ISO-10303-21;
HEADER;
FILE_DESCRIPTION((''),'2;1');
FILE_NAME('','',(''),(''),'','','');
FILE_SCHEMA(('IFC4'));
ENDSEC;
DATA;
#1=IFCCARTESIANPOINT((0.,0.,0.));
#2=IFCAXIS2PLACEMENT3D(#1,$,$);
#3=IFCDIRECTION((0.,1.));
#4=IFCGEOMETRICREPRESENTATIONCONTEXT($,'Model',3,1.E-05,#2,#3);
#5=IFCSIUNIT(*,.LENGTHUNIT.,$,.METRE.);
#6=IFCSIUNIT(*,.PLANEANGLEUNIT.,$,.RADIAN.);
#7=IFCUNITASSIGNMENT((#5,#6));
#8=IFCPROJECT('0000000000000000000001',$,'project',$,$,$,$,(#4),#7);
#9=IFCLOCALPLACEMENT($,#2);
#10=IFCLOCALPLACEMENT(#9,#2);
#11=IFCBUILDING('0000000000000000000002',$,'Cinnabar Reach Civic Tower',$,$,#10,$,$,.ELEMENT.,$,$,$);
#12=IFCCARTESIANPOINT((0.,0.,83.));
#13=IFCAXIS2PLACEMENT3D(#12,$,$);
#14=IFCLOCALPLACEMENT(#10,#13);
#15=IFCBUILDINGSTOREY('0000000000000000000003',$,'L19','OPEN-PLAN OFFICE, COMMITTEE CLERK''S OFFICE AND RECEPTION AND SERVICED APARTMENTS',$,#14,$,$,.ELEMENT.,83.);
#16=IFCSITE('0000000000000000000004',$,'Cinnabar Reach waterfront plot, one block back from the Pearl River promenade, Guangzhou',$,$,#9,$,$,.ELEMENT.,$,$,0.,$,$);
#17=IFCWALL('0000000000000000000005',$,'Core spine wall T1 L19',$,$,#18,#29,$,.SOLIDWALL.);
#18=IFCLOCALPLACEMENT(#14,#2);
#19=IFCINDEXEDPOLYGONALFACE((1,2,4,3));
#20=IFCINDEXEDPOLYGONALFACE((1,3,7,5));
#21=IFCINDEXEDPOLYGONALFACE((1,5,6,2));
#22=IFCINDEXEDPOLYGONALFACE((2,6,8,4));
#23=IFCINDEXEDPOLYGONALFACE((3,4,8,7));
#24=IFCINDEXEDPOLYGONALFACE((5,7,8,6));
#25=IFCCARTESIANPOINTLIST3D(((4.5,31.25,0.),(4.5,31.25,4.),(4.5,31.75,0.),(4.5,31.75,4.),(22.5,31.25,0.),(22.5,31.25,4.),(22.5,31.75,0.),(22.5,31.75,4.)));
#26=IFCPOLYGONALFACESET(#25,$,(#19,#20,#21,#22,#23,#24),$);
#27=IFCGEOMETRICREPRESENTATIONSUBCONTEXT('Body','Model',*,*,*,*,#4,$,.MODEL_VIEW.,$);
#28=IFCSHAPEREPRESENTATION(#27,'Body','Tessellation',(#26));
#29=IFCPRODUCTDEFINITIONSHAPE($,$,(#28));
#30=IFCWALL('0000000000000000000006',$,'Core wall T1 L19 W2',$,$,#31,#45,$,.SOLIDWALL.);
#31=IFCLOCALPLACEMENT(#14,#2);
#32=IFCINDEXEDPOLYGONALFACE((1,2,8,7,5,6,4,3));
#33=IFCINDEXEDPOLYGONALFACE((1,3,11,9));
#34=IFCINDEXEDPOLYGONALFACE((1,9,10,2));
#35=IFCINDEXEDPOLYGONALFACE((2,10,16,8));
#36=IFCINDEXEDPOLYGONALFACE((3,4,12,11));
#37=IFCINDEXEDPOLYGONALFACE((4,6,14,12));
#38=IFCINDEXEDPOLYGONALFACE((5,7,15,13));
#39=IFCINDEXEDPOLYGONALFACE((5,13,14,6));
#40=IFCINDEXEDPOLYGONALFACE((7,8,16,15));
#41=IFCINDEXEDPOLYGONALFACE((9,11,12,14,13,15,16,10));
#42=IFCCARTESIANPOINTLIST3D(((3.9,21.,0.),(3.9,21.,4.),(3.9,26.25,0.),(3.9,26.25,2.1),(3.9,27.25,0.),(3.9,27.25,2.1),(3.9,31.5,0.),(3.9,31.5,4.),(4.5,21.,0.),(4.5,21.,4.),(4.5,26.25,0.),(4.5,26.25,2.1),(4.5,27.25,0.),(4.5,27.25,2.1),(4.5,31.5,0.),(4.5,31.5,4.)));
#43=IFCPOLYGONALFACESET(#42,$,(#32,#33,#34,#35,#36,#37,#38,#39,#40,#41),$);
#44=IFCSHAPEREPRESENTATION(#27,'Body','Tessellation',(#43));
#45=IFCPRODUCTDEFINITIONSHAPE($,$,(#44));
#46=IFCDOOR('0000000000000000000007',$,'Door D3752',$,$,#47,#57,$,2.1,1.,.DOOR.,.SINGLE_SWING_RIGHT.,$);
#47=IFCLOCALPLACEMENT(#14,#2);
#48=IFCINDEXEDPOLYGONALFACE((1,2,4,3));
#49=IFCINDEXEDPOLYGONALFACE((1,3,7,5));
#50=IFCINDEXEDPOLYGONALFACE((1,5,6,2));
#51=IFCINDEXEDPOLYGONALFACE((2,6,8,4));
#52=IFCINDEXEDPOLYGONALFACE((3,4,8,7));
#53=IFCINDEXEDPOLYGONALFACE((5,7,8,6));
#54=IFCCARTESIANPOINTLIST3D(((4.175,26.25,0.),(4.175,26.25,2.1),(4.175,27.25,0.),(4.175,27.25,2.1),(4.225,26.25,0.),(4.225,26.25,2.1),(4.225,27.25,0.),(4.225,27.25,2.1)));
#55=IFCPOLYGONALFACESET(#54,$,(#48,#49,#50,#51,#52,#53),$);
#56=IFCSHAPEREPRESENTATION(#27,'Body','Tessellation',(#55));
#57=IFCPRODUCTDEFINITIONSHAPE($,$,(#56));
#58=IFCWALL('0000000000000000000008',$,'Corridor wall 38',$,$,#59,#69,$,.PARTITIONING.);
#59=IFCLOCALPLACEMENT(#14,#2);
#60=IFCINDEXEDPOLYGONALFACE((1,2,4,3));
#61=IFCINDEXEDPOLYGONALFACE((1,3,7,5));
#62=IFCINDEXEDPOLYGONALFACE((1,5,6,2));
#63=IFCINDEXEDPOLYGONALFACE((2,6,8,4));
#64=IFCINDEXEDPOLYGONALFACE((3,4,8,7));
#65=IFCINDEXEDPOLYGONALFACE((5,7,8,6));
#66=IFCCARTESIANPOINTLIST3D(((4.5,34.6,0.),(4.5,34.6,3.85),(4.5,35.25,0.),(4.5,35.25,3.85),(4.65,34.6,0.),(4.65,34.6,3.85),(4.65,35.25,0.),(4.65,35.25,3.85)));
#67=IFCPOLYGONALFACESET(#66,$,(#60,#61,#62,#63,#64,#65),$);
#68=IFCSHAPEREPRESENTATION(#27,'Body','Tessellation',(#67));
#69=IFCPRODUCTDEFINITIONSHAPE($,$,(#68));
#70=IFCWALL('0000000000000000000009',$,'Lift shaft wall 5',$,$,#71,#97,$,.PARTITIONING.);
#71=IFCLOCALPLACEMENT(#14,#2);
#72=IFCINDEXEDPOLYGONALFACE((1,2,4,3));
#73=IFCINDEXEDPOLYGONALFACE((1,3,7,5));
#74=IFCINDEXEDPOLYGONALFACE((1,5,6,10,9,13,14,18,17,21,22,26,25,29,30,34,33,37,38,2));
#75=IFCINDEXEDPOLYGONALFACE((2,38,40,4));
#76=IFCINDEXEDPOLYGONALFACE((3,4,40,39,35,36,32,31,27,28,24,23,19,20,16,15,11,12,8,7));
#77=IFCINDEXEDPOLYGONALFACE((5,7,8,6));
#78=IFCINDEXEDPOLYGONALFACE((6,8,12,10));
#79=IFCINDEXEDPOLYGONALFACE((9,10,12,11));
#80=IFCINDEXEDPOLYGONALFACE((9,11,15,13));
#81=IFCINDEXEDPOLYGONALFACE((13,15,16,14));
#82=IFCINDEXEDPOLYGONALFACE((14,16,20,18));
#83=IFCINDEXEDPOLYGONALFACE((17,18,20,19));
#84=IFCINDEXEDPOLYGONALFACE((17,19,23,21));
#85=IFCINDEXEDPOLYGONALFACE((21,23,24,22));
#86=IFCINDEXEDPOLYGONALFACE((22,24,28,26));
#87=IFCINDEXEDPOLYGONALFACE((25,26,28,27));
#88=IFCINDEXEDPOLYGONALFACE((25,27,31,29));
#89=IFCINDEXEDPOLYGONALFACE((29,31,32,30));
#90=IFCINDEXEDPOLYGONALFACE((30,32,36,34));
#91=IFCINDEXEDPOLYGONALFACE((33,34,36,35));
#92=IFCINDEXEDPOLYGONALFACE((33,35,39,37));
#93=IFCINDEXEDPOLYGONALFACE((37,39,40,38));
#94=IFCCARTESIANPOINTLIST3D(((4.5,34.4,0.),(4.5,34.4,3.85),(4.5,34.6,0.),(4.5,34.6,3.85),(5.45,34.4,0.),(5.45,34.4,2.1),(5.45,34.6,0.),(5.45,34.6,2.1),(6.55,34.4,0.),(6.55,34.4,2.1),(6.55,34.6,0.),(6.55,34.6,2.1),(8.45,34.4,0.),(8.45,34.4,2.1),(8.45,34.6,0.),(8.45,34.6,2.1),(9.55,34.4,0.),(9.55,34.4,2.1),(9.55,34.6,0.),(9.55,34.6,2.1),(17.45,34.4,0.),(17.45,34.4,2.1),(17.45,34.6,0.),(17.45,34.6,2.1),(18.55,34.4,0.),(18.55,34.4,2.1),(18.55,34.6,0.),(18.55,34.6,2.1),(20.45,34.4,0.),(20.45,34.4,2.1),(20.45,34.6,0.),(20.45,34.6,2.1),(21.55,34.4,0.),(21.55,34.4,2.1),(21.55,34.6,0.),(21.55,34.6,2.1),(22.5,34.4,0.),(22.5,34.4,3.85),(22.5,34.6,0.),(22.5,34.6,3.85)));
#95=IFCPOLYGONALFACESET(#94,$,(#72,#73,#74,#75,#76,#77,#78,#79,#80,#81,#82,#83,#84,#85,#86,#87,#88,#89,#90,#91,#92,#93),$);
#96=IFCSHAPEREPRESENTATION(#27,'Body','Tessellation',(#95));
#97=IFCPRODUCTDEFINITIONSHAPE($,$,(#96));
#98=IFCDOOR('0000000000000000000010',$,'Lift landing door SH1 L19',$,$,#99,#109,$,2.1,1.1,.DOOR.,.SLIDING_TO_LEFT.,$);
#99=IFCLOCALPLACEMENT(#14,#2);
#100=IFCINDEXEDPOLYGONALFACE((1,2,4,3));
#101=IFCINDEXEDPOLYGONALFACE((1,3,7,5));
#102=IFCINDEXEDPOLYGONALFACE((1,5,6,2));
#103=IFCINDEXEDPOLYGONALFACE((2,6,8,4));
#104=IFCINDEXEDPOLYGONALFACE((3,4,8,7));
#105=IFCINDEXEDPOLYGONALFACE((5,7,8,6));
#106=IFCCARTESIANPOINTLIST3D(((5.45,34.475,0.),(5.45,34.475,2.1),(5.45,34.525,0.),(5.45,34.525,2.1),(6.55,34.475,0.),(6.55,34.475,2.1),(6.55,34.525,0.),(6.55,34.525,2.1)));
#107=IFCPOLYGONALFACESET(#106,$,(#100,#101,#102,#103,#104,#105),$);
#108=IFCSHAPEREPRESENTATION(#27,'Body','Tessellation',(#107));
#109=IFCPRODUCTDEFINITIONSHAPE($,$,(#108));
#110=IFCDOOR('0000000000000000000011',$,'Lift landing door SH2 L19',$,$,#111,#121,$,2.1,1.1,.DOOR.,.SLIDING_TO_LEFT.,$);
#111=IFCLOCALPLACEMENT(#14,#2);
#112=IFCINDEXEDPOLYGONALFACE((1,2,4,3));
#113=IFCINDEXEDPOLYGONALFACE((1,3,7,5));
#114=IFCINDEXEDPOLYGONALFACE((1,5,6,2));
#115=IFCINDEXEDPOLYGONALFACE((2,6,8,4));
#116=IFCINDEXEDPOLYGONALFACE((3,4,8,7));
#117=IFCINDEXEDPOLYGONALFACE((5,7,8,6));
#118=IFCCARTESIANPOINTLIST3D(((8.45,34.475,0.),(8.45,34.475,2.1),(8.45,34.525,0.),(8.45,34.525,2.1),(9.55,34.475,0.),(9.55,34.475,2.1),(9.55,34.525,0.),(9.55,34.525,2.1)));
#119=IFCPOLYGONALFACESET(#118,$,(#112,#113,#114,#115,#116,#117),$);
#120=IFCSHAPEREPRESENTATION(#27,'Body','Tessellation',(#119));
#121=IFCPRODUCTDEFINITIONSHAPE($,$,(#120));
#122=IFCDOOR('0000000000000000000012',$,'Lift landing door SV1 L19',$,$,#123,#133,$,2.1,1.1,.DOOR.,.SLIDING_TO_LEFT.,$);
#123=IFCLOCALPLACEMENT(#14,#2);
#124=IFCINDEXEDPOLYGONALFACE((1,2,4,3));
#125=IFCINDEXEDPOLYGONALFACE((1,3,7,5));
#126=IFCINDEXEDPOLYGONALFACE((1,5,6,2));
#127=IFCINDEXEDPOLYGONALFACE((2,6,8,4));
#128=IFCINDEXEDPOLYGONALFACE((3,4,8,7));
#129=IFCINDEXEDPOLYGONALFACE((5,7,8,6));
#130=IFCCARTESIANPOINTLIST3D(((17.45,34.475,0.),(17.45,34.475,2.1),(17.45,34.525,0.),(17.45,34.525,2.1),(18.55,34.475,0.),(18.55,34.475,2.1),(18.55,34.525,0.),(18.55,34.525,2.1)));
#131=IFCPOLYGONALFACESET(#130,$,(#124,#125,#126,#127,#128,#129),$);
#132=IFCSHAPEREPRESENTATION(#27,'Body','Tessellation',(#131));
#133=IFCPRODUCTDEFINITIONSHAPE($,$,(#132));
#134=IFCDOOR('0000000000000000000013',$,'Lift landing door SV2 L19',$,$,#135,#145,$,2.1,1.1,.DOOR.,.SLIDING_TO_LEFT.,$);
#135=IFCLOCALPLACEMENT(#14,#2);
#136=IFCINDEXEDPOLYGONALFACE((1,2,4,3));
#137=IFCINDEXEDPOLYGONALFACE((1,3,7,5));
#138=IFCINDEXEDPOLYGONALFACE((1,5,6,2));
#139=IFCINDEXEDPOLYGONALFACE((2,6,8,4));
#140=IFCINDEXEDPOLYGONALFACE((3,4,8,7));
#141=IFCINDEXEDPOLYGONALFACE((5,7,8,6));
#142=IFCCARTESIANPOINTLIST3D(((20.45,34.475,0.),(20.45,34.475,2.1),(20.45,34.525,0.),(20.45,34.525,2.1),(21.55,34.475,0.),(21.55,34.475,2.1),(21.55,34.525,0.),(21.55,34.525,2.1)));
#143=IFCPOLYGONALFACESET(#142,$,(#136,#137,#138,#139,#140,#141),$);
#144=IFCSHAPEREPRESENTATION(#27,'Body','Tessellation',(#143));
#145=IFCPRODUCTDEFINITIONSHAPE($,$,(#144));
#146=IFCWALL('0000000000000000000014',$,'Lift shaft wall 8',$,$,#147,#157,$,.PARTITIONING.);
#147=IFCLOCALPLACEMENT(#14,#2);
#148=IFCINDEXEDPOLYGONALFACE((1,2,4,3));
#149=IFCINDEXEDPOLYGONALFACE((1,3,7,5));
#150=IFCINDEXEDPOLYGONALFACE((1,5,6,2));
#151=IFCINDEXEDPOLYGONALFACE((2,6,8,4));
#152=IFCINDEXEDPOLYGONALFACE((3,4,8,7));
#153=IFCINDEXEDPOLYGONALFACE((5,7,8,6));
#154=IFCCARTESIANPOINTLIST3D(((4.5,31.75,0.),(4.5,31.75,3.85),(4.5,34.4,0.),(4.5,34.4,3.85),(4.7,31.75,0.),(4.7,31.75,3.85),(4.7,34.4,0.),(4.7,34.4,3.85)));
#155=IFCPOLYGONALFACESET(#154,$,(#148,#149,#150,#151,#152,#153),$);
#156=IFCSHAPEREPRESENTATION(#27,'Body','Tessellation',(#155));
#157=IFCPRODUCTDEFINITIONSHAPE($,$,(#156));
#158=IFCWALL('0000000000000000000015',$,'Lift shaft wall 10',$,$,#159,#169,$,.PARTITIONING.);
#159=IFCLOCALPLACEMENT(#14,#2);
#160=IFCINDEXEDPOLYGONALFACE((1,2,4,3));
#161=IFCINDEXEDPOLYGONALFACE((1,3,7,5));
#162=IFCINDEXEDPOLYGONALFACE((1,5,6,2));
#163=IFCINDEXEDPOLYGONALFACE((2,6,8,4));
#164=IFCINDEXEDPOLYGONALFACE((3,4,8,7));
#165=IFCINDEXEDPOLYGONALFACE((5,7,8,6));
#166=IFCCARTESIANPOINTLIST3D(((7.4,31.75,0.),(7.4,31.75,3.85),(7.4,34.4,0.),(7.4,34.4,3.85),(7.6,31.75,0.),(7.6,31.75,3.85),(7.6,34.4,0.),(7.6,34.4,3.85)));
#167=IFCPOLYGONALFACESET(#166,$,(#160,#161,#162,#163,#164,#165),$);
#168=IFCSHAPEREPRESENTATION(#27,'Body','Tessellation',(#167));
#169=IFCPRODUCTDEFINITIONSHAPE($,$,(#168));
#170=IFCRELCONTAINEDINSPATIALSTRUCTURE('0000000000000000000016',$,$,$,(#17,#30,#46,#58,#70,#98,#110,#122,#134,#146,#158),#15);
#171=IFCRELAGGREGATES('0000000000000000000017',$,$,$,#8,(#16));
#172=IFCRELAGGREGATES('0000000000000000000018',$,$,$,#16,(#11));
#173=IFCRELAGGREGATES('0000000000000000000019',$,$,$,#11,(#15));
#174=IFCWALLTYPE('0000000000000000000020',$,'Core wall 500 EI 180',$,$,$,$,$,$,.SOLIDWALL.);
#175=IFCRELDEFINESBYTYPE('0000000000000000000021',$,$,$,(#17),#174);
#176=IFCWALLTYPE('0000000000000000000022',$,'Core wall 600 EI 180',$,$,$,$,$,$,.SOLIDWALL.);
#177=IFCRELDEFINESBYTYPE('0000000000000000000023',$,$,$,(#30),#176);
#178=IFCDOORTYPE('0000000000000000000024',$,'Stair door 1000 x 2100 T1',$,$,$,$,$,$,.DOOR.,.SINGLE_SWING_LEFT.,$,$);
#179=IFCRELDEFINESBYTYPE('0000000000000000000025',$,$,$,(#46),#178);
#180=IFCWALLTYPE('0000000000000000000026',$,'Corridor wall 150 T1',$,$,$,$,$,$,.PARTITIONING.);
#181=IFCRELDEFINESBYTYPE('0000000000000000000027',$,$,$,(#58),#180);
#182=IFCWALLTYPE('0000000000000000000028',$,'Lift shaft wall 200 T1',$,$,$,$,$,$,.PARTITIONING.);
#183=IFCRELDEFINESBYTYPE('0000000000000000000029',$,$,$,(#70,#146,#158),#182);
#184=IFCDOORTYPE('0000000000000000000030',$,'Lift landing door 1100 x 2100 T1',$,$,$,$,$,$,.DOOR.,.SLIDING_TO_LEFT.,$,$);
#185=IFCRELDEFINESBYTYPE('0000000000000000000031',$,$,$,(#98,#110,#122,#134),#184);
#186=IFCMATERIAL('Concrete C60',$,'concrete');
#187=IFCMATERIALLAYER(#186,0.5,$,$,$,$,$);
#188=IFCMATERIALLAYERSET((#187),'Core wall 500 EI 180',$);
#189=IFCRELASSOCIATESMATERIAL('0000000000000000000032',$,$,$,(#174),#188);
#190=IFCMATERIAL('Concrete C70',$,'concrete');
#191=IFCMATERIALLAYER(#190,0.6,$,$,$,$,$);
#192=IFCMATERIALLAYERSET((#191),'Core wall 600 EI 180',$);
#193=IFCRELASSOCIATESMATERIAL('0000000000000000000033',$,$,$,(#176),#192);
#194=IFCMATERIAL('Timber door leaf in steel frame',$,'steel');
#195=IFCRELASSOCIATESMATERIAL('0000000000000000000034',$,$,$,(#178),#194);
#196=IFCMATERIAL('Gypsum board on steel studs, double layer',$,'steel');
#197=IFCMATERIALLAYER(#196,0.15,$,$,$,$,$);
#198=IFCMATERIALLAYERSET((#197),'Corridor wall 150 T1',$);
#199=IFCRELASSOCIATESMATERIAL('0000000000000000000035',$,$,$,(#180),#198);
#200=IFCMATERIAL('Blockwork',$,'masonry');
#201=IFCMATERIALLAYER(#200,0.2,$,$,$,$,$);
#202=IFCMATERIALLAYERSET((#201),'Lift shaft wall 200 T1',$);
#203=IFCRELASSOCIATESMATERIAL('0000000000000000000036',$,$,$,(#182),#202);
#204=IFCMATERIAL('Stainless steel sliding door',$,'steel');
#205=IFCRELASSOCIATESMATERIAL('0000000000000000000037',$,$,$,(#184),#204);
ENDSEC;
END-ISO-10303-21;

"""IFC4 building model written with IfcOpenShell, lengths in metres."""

from ifc_helpers import new_model, si_unit, direction, frame, frame_2d, origin, place, context, subcontext, project, spatial, rectangle, extrude, material, layer, layer_set, type_object, element, fill, save


model = new_model("IFC4")

# Units and contexts
model_context = context("Model", 3, precision=1e-05, world=origin(), true_north=direction((0.0, 1.0)))
body_context = subcontext(model_context, "Body", "Model", "MODEL_VIEW")
ifc_project = project(units=[si_unit("LENGTHUNIT", "METRE"), si_unit("PLANEANGLEUNIT", "RADIAN")], contexts=[model_context])

# Site, building, storey
site_placement = place(None, origin())
site = spatial("IfcSite", under=ifc_project, at=site_placement, Name="Cinnabar Reach waterfront plot, one block back from the Pearl River promenade, Guangzhou", CompositionType="ELEMENT", RefElevation=0.0)
building_placement = place(site_placement, origin())
building = spatial("IfcBuilding", under=site, at=building_placement, Name="Cinnabar Reach Civic Tower", CompositionType="ELEMENT")
storey_placement = place(building_placement, frame((0.0, 0.0, 83.0)))
storey = spatial("IfcBuildingStorey", under=building, at=storey_placement, Name="L19", Description="OPEN-PLAN OFFICE, COMMITTEE CLERK'S OFFICE AND RECEPTION AND SERVICED APARTMENTS", CompositionType="ELEMENT", Elevation=83.0)

# Wall
ifc_material_1 = material(Name="Concrete C60", Category="concrete")
ifc_layer_1 = layer(ifc_material_1, 0.5)
ifc_layer_set_1 = layer_set([ifc_layer_1], Name="Core wall 500 EI 180")
wall_type_1 = type_object("IfcWallType", Name="Core wall 500 EI 180", PredefinedType="SOLIDWALL", material=ifc_layer_set_1)
wall_1_placement = place(storey_placement, frame((4.5, 31.5, 0.0), z_axis=(0.0, 0.0, 1.0), x_axis=(1.0, 0.0, 0.0)))
element("IfcWall", 1, at=wall_1_placement, inside=storey, type_object=wall_type_1, Name="Core spine wall T1 L19", PredefinedType="SOLIDWALL", context=body_context, shape_type="SweptSolid", body=[
    extrude(rectangle(XDim=18.0, YDim=0.5, at=frame_2d((9.0, 0.0))), origin(), (0.0, 0.0, 1.0), 4.0),
])

# Wall, opening, door
ifc_material_2 = material(Name="Concrete C70", Category="concrete")
ifc_layer_2 = layer(ifc_material_2, 0.6)
ifc_layer_set_2 = layer_set([ifc_layer_2], Name="Core wall 600 EI 180")
wall_type_2 = type_object("IfcWallType", Name="Core wall 600 EI 180", PredefinedType="SOLIDWALL", material=ifc_layer_set_2)
wall_2_placement = place(storey_placement, frame((4.2, 31.5, 0.0), z_axis=(0.0, 0.0, 1.0), x_axis=(0.0, -1.0, 0.0)))
wall_2 = element("IfcWall", 2, at=wall_2_placement, inside=storey, type_object=wall_type_2, Name="Core wall T1 L19 W2", PredefinedType="SOLIDWALL", context=body_context, shape_type="SweptSolid", body=[
    extrude(rectangle(XDim=10.5, YDim=0.6, at=frame_2d((5.25, 0.0))), origin(), (0.0, 0.0, 1.0), 4.0),
])
opening_1_placement = place(wall_2_placement, frame((4.25, 0.0, 0.0)))
opening_1 = element("IfcOpeningElement", 3, at=opening_1_placement, cuts=wall_2, PredefinedType="OPENING", context=body_context, shape_type="SweptSolid", body=[
    extrude(rectangle(XDim=1.0, YDim=2.1, at=frame_2d((0.5, 1.05))), frame((0.0, 0.31, 0.0), z_axis=(0.0, -1.0, 0.0), x_axis=(1.0, 0.0, 0.0)), (0.0, 0.0, 1.0), 0.62),
])
ifc_material_3 = material(Name="Timber door leaf in steel frame", Category="steel")
door_type_1 = type_object("IfcDoorType", Name="Stair door 1000 x 2100 T1", OperationType="SINGLE_SWING_LEFT", PredefinedType="DOOR", material=ifc_material_3)
door_1_placement = place(opening_1_placement, frame((1.0, 0.0, 0.0), z_axis=(0.0, 0.0, 1.0), x_axis=(-1.0, 0.0, 0.0)))
door_1 = element("IfcDoor", 4, at=door_1_placement, inside=storey, type_object=door_type_1, Name="Door D3752", OperationType="SINGLE_SWING_RIGHT", OverallHeight=2.1, OverallWidth=1.0, PredefinedType="DOOR", context=body_context, shape_type="SweptSolid", body=[
    extrude(rectangle(XDim=1.0, YDim=2.1, at=frame_2d((0.5, 1.05))), frame((0.0, 0.025, 0.0), z_axis=(0.0, -1.0, 0.0), x_axis=(1.0, 0.0, 0.0)), (0.0, 0.0, 1.0), 0.05),
])
fill(opening_1, door_1)

# Wall
ifc_material_4 = material(Name="Gypsum board on steel studs, double layer", Category="steel")
ifc_layer_3 = layer(ifc_material_4, 0.15)
ifc_layer_set_3 = layer_set([ifc_layer_3], Name="Corridor wall 150 T1")
wall_type_3 = type_object("IfcWallType", Name="Corridor wall 150 T1", PredefinedType="PARTITIONING", material=ifc_layer_set_3)
wall_3_placement = place(storey_placement, frame((4.575, 34.6, 0.0), z_axis=(0.0, 0.0, 1.0), x_axis=(0.0, 1.0, 0.0)))
element("IfcWall", 5, at=wall_3_placement, inside=storey, type_object=wall_type_3, Name="Corridor wall 38", PredefinedType="PARTITIONING", context=body_context, shape_type="SweptSolid", body=[
    extrude(rectangle(XDim=0.65, YDim=0.15, at=frame_2d((0.325, 0.0))), origin(), (0.0, 0.0, 1.0), 3.85),
])

# Wall, openings, doors
ifc_material_5 = material(Name="Blockwork", Category="masonry")
ifc_layer_4 = layer(ifc_material_5, 0.2)
ifc_layer_set_4 = layer_set([ifc_layer_4], Name="Lift shaft wall 200 T1")
wall_type_4 = type_object("IfcWallType", Name="Lift shaft wall 200 T1", PredefinedType="PARTITIONING", material=ifc_layer_set_4)
wall_4_placement = place(storey_placement, frame((4.5, 34.5, 0.0), z_axis=(0.0, 0.0, 1.0), x_axis=(1.0, 0.0, 0.0)))
wall_4 = element("IfcWall", 6, at=wall_4_placement, inside=storey, type_object=wall_type_4, Name="Lift shaft wall 5", PredefinedType="PARTITIONING", context=body_context, shape_type="SweptSolid", body=[
    extrude(rectangle(XDim=18.0, YDim=0.2, at=frame_2d((9.0, 0.0))), origin(), (0.0, 0.0, 1.0), 3.85),
])
opening_2_placement = place(wall_4_placement, frame((0.95, 0.0, 0.0)))
opening_2 = element("IfcOpeningElement", 7, at=opening_2_placement, cuts=wall_4, PredefinedType="OPENING", context=body_context, shape_type="SweptSolid", body=[
    extrude(rectangle(XDim=1.1, YDim=2.1, at=frame_2d((0.55, 1.05))), frame((0.0, 0.11, 0.0), z_axis=(0.0, -1.0, 0.0), x_axis=(1.0, 0.0, 0.0)), (0.0, 0.0, 1.0), 0.22),
])
opening_3_placement = place(wall_4_placement, frame((3.95, 0.0, 0.0)))
opening_3 = element("IfcOpeningElement", 8, at=opening_3_placement, cuts=wall_4, PredefinedType="OPENING", context=body_context, shape_type="SweptSolid", body=[
    extrude(rectangle(XDim=1.1, YDim=2.1, at=frame_2d((0.55, 1.05))), frame((0.0, 0.11, 0.0), z_axis=(0.0, -1.0, 0.0), x_axis=(1.0, 0.0, 0.0)), (0.0, 0.0, 1.0), 0.22),
])
opening_4_placement = place(wall_4_placement, frame((12.95, 0.0, 0.0)))
opening_4 = element("IfcOpeningElement", 9, at=opening_4_placement, cuts=wall_4, PredefinedType="OPENING", context=body_context, shape_type="SweptSolid", body=[
    extrude(rectangle(XDim=1.1, YDim=2.1, at=frame_2d((0.55, 1.05))), frame((0.0, 0.11, 0.0), z_axis=(0.0, -1.0, 0.0), x_axis=(1.0, 0.0, 0.0)), (0.0, 0.0, 1.0), 0.22),
])
opening_5_placement = place(wall_4_placement, frame((15.95, 0.0, 0.0)))
opening_5 = element("IfcOpeningElement", 10, at=opening_5_placement, cuts=wall_4, PredefinedType="OPENING", context=body_context, shape_type="SweptSolid", body=[
    extrude(rectangle(XDim=1.1, YDim=2.1, at=frame_2d((0.55, 1.05))), frame((0.0, 0.11, 0.0), z_axis=(0.0, -1.0, 0.0), x_axis=(1.0, 0.0, 0.0)), (0.0, 0.0, 1.0), 0.22),
])
ifc_material_6 = material(Name="Stainless steel sliding door", Category="steel")
door_type_2 = type_object("IfcDoorType", Name="Lift landing door 1100 x 2100 T1", OperationType="SLIDING_TO_LEFT", PredefinedType="DOOR", material=ifc_material_6)
door_2_placement = place(opening_2_placement, origin())
door_2 = element("IfcDoor", 11, at=door_2_placement, inside=storey, type_object=door_type_2, Name="Lift landing door SH1 L19", OperationType="SLIDING_TO_LEFT", OverallHeight=2.1, OverallWidth=1.1, PredefinedType="DOOR", context=body_context, shape_type="SweptSolid", body=[
    extrude(rectangle(XDim=1.1, YDim=2.1, at=frame_2d((0.55, 1.05))), frame((0.0, 0.025, 0.0), z_axis=(0.0, -1.0, 0.0), x_axis=(1.0, 0.0, 0.0)), (0.0, 0.0, 1.0), 0.05),
])
fill(opening_2, door_2)
door_3_placement = place(opening_3_placement, origin())
door_3 = element("IfcDoor", 12, at=door_3_placement, inside=storey, type_object=door_type_2, Name="Lift landing door SH2 L19", OperationType="SLIDING_TO_LEFT", OverallHeight=2.1, OverallWidth=1.1, PredefinedType="DOOR", context=body_context, shape_type="SweptSolid", body=[
    extrude(rectangle(XDim=1.1, YDim=2.1, at=frame_2d((0.55, 1.05))), frame((0.0, 0.025, 0.0), z_axis=(0.0, -1.0, 0.0), x_axis=(1.0, 0.0, 0.0)), (0.0, 0.0, 1.0), 0.05),
])
fill(opening_3, door_3)
door_4_placement = place(opening_4_placement, origin())
door_4 = element("IfcDoor", 13, at=door_4_placement, inside=storey, type_object=door_type_2, Name="Lift landing door SV1 L19", OperationType="SLIDING_TO_LEFT", OverallHeight=2.1, OverallWidth=1.1, PredefinedType="DOOR", context=body_context, shape_type="SweptSolid", body=[
    extrude(rectangle(XDim=1.1, YDim=2.1, at=frame_2d((0.55, 1.05))), frame((0.0, 0.025, 0.0), z_axis=(0.0, -1.0, 0.0), x_axis=(1.0, 0.0, 0.0)), (0.0, 0.0, 1.0), 0.05),
])
fill(opening_4, door_4)
door_5_placement = place(opening_5_placement, origin())
door_5 = element("IfcDoor", 14, at=door_5_placement, inside=storey, type_object=door_type_2, Name="Lift landing door SV2 L19", OperationType="SLIDING_TO_LEFT", OverallHeight=2.1, OverallWidth=1.1, PredefinedType="DOOR", context=body_context, shape_type="SweptSolid", body=[
    extrude(rectangle(XDim=1.1, YDim=2.1, at=frame_2d((0.55, 1.05))), frame((0.0, 0.025, 0.0), z_axis=(0.0, -1.0, 0.0), x_axis=(1.0, 0.0, 0.0)), (0.0, 0.0, 1.0), 0.05),
])
fill(opening_5, door_5)

# Walls
for number, where, z_axis, x_axis, name in (
    (15, (4.6, 31.75, 0.0), (0.0, 0.0, 1.0), (0.0, 1.0, 0.0), "Lift shaft wall 8"),
    (16, (7.5, 31.75, 0.0), (0.0, 0.0, 1.0), (0.0, 1.0, 0.0), "Lift shaft wall 10"),
):
    element("IfcWall", number, at=place(storey_placement, frame(where, z_axis=z_axis, x_axis=x_axis)), inside=storey, type_object=wall_type_4, Name=name, PredefinedType="PARTITIONING", context=body_context, shape_type="SweptSolid", body=[
        extrude(rectangle(XDim=2.65, YDim=0.2, at=frame_2d((1.325, 0.0))), origin(), (0.0, 0.0, 1.0), 3.85),
    ])

save(model, "model.ifc")
